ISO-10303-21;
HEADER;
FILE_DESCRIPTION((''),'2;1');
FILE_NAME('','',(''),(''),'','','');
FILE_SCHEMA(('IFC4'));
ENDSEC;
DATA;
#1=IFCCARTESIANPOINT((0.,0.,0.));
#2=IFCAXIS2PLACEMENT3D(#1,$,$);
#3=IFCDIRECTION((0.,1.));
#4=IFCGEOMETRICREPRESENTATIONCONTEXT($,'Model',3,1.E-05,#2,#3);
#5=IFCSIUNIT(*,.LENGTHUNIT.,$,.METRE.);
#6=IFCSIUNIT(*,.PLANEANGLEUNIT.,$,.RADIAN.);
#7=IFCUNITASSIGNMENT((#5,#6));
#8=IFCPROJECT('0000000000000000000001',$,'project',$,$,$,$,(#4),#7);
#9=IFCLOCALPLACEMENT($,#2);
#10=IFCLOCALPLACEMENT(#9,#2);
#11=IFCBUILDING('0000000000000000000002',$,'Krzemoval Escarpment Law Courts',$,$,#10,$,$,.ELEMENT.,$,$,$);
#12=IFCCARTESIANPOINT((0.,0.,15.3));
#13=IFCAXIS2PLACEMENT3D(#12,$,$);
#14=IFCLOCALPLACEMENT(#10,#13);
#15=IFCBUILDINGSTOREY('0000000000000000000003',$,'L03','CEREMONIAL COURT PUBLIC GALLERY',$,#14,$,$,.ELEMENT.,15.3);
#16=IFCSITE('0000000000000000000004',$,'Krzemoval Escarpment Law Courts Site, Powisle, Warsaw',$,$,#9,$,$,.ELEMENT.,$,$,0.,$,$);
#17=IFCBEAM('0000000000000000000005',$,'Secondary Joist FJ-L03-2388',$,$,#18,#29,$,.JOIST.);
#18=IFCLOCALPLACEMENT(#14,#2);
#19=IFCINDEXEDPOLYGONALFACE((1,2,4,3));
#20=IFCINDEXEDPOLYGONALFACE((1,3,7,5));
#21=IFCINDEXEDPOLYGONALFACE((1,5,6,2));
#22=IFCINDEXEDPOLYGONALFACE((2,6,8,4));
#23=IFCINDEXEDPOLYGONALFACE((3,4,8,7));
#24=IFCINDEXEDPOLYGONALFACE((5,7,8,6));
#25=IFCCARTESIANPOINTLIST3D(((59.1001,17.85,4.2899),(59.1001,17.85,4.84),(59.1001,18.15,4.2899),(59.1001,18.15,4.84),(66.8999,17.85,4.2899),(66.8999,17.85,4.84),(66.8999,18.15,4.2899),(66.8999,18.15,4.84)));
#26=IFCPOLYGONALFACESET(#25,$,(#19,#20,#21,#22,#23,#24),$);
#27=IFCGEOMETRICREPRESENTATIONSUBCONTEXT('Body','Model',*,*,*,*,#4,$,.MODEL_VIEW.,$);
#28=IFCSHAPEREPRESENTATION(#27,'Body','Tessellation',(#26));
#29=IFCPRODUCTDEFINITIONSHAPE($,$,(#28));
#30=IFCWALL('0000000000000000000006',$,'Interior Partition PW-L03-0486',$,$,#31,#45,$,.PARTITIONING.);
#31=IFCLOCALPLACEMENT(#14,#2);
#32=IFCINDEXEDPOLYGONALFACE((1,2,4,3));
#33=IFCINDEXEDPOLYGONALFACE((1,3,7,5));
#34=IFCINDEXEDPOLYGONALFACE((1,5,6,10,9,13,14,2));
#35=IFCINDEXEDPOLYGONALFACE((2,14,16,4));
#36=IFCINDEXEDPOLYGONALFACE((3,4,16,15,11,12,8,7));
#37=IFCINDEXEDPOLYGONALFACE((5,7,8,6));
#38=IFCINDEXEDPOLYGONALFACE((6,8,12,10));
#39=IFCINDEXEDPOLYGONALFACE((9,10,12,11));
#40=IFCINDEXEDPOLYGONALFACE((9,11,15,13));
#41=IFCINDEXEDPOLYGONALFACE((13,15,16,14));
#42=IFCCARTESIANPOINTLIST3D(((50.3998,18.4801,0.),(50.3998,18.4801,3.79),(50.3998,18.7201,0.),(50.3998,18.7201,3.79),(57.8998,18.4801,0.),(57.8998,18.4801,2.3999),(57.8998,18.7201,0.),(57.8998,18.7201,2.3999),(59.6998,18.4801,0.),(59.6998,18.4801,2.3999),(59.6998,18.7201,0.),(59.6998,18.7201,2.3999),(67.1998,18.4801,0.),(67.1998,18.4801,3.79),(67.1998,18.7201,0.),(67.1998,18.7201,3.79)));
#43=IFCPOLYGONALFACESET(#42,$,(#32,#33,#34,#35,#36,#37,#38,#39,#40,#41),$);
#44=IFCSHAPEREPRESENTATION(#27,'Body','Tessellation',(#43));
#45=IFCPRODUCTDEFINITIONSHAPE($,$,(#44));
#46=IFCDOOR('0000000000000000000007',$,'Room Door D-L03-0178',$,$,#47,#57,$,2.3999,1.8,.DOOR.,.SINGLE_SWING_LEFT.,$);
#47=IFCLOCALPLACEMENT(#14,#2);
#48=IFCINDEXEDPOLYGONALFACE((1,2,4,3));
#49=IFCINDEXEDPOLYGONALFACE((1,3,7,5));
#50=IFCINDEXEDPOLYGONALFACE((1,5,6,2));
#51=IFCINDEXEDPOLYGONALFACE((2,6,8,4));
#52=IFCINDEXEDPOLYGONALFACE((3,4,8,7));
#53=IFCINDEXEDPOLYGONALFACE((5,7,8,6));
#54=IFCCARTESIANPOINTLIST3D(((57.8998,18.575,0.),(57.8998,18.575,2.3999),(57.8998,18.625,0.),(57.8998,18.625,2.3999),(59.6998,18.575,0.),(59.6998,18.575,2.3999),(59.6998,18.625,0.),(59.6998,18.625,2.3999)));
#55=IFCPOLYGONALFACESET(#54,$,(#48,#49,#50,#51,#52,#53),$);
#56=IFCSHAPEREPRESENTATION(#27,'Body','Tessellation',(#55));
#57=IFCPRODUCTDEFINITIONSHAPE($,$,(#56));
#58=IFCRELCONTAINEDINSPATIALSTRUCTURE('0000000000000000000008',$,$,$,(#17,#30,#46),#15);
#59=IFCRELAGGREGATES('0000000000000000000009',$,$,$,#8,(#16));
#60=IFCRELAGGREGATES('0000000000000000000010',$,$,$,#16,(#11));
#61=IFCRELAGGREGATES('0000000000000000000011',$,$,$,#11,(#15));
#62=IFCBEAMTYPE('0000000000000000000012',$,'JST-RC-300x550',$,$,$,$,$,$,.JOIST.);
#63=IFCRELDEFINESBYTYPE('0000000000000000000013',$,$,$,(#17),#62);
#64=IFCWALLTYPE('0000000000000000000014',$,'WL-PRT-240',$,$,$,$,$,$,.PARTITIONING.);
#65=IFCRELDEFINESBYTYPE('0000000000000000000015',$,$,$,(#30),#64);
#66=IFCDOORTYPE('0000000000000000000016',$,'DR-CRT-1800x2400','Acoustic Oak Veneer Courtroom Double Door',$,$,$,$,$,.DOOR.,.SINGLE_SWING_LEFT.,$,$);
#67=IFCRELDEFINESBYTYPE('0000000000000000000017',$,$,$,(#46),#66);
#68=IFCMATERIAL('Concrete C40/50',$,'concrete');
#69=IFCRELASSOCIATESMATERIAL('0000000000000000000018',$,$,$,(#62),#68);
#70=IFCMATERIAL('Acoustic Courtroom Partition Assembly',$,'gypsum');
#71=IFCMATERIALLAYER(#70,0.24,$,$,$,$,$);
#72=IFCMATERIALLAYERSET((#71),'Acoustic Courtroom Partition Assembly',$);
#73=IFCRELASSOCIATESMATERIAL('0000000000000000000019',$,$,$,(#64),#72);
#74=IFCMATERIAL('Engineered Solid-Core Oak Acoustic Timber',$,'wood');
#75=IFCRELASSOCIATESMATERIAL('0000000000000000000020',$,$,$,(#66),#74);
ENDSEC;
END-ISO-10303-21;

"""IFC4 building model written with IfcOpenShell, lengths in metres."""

from ifc_helpers import new_model, si_unit, direction, frame, frame_2d, origin, origin_2d, place, context, subcontext, project, spatial, rectangle, extrude, material, layer, layer_set, material_profile, profile_set, type_object, element, fill, save


model = new_model("IFC4")

# Units and contexts
model_context = context("Model", 3, precision=1e-05, world=origin(), true_north=direction((0.0, 1.0)))
body_context = subcontext(model_context, "Body", "Model", "MODEL_VIEW")
ifc_project = project(units=[si_unit("LENGTHUNIT", "METRE"), si_unit("PLANEANGLEUNIT", "RADIAN")], contexts=[model_context])

# Site, building, storey
site_placement = place(None, origin())
site = spatial("IfcSite", under=ifc_project, at=site_placement, Name="Krzemoval Escarpment Law Courts Site, Powisle, Warsaw", CompositionType="ELEMENT", RefElevation=0.0)
building_placement = place(site_placement, origin())
building = spatial("IfcBuilding", under=site, at=building_placement, Name="Krzemoval Escarpment Law Courts", CompositionType="ELEMENT")
storey_placement = place(building_placement, frame((0.0, 0.0, 15.3)))
storey = spatial("IfcBuildingStorey", under=building, at=storey_placement, Name="L03", Description="CEREMONIAL COURT PUBLIC GALLERY", CompositionType="ELEMENT", Elevation=15.3)

# Beam
ifc_material_1 = material(Name="Concrete C40/50", Category="concrete")
ifc_material_profile_1 = material_profile(ifc_material_1, rectangle(XDim=0.3, YDim=0.55, at=origin_2d()), Name="RCB 300x550")
ifc_profile_set_1 = profile_set([ifc_material_profile_1], Name="Concrete C40/50")
beam_type_1 = type_object("IfcBeamType", Name="JST-RC-300x550", PredefinedType="JOIST", material=ifc_profile_set_1)
for number, where, z_axis, x_axis, name in (
    (1, (59.1001, 18.0, 4.5649), (1.0, 0.0, 0.0), (0.0, 1.0, 0.0), "Secondary Joist FJ-L03-2388"),
):
    element("IfcBeam", number, at=place(storey_placement, frame(where, z_axis=z_axis, x_axis=x_axis)), inside=storey, type_object=beam_type_1, Name=name, PredefinedType="JOIST", context=body_context, shape_type="SweptSolid", body=[
        extrude(rectangle(XDim=0.3, YDim=0.55, at=origin_2d()), origin(), (0.0, 0.0, 1.0), 7.7998),
    ])

# Wall, opening, door
ifc_material_2 = material(Name="Acoustic Courtroom Partition Assembly", Category="gypsum")
ifc_layer = layer(ifc_material_2, 0.24)
ifc_layer_set = layer_set([ifc_layer], Name="Acoustic Courtroom Partition Assembly")
wall_type = type_object("IfcWallType", Name="WL-PRT-240", PredefinedType="PARTITIONING", material=ifc_layer_set)
wall_placement = place(storey_placement, frame((50.3999, 18.6001, 0.0), z_axis=(0.0, 0.0, 1.0), x_axis=(1.0, 0.0, 0.0)))
wall = element("IfcWall", 2, at=wall_placement, inside=storey, type_object=wall_type, Name="Interior Partition PW-L03-0486", PredefinedType="PARTITIONING", context=body_context, shape_type="SweptSolid", body=[
    extrude(rectangle(XDim=16.8, YDim=0.24, at=frame_2d((8.3999, 0.0))), origin(), (0.0, 0.0, 1.0), 3.79),
])
opening_placement = place(wall_placement, frame((7.5, 0.0, 0.0)))
opening = element("IfcOpeningElement", 3, at=opening_placement, cuts=wall, PredefinedType="OPENING", context=body_context, shape_type="SweptSolid", body=[
    extrude(rectangle(XDim=1.8, YDim=2.3999, at=frame_2d((0.8999, 1.2))), frame((0.0, 0.135, 0.0), z_axis=(0.0, -1.0, 0.0), x_axis=(1.0, 0.0, 0.0)), (0.0, 0.0, 1.0), 0.27),
])
ifc_material_3 = material(Name="Engineered Solid-Core Oak Acoustic Timber", Category="wood")
door_type = type_object("IfcDoorType", Name="DR-CRT-1800x2400", Description="Acoustic Oak Veneer Courtroom Double Door", OperationType="SINGLE_SWING_LEFT", PredefinedType="DOOR", material=ifc_material_3)
door_placement = place(opening_placement, origin())
door = element("IfcDoor", 4, at=door_placement, inside=storey, type_object=door_type, Name="Room Door D-L03-0178", OperationType="SINGLE_SWING_LEFT", OverallHeight=2.3999, OverallWidth=1.8, PredefinedType="DOOR", context=body_context, shape_type="SweptSolid", body=[
    extrude(rectangle(XDim=1.8, YDim=2.3999, at=frame_2d((0.8999, 1.2))), frame((0.0, 0.0249, 0.0), z_axis=(0.0, -1.0, 0.0), x_axis=(1.0, 0.0, 0.0)), (0.0, 0.0, 1.0), 0.05),
])
fill(opening, door)

save(model, "model.ifc")
